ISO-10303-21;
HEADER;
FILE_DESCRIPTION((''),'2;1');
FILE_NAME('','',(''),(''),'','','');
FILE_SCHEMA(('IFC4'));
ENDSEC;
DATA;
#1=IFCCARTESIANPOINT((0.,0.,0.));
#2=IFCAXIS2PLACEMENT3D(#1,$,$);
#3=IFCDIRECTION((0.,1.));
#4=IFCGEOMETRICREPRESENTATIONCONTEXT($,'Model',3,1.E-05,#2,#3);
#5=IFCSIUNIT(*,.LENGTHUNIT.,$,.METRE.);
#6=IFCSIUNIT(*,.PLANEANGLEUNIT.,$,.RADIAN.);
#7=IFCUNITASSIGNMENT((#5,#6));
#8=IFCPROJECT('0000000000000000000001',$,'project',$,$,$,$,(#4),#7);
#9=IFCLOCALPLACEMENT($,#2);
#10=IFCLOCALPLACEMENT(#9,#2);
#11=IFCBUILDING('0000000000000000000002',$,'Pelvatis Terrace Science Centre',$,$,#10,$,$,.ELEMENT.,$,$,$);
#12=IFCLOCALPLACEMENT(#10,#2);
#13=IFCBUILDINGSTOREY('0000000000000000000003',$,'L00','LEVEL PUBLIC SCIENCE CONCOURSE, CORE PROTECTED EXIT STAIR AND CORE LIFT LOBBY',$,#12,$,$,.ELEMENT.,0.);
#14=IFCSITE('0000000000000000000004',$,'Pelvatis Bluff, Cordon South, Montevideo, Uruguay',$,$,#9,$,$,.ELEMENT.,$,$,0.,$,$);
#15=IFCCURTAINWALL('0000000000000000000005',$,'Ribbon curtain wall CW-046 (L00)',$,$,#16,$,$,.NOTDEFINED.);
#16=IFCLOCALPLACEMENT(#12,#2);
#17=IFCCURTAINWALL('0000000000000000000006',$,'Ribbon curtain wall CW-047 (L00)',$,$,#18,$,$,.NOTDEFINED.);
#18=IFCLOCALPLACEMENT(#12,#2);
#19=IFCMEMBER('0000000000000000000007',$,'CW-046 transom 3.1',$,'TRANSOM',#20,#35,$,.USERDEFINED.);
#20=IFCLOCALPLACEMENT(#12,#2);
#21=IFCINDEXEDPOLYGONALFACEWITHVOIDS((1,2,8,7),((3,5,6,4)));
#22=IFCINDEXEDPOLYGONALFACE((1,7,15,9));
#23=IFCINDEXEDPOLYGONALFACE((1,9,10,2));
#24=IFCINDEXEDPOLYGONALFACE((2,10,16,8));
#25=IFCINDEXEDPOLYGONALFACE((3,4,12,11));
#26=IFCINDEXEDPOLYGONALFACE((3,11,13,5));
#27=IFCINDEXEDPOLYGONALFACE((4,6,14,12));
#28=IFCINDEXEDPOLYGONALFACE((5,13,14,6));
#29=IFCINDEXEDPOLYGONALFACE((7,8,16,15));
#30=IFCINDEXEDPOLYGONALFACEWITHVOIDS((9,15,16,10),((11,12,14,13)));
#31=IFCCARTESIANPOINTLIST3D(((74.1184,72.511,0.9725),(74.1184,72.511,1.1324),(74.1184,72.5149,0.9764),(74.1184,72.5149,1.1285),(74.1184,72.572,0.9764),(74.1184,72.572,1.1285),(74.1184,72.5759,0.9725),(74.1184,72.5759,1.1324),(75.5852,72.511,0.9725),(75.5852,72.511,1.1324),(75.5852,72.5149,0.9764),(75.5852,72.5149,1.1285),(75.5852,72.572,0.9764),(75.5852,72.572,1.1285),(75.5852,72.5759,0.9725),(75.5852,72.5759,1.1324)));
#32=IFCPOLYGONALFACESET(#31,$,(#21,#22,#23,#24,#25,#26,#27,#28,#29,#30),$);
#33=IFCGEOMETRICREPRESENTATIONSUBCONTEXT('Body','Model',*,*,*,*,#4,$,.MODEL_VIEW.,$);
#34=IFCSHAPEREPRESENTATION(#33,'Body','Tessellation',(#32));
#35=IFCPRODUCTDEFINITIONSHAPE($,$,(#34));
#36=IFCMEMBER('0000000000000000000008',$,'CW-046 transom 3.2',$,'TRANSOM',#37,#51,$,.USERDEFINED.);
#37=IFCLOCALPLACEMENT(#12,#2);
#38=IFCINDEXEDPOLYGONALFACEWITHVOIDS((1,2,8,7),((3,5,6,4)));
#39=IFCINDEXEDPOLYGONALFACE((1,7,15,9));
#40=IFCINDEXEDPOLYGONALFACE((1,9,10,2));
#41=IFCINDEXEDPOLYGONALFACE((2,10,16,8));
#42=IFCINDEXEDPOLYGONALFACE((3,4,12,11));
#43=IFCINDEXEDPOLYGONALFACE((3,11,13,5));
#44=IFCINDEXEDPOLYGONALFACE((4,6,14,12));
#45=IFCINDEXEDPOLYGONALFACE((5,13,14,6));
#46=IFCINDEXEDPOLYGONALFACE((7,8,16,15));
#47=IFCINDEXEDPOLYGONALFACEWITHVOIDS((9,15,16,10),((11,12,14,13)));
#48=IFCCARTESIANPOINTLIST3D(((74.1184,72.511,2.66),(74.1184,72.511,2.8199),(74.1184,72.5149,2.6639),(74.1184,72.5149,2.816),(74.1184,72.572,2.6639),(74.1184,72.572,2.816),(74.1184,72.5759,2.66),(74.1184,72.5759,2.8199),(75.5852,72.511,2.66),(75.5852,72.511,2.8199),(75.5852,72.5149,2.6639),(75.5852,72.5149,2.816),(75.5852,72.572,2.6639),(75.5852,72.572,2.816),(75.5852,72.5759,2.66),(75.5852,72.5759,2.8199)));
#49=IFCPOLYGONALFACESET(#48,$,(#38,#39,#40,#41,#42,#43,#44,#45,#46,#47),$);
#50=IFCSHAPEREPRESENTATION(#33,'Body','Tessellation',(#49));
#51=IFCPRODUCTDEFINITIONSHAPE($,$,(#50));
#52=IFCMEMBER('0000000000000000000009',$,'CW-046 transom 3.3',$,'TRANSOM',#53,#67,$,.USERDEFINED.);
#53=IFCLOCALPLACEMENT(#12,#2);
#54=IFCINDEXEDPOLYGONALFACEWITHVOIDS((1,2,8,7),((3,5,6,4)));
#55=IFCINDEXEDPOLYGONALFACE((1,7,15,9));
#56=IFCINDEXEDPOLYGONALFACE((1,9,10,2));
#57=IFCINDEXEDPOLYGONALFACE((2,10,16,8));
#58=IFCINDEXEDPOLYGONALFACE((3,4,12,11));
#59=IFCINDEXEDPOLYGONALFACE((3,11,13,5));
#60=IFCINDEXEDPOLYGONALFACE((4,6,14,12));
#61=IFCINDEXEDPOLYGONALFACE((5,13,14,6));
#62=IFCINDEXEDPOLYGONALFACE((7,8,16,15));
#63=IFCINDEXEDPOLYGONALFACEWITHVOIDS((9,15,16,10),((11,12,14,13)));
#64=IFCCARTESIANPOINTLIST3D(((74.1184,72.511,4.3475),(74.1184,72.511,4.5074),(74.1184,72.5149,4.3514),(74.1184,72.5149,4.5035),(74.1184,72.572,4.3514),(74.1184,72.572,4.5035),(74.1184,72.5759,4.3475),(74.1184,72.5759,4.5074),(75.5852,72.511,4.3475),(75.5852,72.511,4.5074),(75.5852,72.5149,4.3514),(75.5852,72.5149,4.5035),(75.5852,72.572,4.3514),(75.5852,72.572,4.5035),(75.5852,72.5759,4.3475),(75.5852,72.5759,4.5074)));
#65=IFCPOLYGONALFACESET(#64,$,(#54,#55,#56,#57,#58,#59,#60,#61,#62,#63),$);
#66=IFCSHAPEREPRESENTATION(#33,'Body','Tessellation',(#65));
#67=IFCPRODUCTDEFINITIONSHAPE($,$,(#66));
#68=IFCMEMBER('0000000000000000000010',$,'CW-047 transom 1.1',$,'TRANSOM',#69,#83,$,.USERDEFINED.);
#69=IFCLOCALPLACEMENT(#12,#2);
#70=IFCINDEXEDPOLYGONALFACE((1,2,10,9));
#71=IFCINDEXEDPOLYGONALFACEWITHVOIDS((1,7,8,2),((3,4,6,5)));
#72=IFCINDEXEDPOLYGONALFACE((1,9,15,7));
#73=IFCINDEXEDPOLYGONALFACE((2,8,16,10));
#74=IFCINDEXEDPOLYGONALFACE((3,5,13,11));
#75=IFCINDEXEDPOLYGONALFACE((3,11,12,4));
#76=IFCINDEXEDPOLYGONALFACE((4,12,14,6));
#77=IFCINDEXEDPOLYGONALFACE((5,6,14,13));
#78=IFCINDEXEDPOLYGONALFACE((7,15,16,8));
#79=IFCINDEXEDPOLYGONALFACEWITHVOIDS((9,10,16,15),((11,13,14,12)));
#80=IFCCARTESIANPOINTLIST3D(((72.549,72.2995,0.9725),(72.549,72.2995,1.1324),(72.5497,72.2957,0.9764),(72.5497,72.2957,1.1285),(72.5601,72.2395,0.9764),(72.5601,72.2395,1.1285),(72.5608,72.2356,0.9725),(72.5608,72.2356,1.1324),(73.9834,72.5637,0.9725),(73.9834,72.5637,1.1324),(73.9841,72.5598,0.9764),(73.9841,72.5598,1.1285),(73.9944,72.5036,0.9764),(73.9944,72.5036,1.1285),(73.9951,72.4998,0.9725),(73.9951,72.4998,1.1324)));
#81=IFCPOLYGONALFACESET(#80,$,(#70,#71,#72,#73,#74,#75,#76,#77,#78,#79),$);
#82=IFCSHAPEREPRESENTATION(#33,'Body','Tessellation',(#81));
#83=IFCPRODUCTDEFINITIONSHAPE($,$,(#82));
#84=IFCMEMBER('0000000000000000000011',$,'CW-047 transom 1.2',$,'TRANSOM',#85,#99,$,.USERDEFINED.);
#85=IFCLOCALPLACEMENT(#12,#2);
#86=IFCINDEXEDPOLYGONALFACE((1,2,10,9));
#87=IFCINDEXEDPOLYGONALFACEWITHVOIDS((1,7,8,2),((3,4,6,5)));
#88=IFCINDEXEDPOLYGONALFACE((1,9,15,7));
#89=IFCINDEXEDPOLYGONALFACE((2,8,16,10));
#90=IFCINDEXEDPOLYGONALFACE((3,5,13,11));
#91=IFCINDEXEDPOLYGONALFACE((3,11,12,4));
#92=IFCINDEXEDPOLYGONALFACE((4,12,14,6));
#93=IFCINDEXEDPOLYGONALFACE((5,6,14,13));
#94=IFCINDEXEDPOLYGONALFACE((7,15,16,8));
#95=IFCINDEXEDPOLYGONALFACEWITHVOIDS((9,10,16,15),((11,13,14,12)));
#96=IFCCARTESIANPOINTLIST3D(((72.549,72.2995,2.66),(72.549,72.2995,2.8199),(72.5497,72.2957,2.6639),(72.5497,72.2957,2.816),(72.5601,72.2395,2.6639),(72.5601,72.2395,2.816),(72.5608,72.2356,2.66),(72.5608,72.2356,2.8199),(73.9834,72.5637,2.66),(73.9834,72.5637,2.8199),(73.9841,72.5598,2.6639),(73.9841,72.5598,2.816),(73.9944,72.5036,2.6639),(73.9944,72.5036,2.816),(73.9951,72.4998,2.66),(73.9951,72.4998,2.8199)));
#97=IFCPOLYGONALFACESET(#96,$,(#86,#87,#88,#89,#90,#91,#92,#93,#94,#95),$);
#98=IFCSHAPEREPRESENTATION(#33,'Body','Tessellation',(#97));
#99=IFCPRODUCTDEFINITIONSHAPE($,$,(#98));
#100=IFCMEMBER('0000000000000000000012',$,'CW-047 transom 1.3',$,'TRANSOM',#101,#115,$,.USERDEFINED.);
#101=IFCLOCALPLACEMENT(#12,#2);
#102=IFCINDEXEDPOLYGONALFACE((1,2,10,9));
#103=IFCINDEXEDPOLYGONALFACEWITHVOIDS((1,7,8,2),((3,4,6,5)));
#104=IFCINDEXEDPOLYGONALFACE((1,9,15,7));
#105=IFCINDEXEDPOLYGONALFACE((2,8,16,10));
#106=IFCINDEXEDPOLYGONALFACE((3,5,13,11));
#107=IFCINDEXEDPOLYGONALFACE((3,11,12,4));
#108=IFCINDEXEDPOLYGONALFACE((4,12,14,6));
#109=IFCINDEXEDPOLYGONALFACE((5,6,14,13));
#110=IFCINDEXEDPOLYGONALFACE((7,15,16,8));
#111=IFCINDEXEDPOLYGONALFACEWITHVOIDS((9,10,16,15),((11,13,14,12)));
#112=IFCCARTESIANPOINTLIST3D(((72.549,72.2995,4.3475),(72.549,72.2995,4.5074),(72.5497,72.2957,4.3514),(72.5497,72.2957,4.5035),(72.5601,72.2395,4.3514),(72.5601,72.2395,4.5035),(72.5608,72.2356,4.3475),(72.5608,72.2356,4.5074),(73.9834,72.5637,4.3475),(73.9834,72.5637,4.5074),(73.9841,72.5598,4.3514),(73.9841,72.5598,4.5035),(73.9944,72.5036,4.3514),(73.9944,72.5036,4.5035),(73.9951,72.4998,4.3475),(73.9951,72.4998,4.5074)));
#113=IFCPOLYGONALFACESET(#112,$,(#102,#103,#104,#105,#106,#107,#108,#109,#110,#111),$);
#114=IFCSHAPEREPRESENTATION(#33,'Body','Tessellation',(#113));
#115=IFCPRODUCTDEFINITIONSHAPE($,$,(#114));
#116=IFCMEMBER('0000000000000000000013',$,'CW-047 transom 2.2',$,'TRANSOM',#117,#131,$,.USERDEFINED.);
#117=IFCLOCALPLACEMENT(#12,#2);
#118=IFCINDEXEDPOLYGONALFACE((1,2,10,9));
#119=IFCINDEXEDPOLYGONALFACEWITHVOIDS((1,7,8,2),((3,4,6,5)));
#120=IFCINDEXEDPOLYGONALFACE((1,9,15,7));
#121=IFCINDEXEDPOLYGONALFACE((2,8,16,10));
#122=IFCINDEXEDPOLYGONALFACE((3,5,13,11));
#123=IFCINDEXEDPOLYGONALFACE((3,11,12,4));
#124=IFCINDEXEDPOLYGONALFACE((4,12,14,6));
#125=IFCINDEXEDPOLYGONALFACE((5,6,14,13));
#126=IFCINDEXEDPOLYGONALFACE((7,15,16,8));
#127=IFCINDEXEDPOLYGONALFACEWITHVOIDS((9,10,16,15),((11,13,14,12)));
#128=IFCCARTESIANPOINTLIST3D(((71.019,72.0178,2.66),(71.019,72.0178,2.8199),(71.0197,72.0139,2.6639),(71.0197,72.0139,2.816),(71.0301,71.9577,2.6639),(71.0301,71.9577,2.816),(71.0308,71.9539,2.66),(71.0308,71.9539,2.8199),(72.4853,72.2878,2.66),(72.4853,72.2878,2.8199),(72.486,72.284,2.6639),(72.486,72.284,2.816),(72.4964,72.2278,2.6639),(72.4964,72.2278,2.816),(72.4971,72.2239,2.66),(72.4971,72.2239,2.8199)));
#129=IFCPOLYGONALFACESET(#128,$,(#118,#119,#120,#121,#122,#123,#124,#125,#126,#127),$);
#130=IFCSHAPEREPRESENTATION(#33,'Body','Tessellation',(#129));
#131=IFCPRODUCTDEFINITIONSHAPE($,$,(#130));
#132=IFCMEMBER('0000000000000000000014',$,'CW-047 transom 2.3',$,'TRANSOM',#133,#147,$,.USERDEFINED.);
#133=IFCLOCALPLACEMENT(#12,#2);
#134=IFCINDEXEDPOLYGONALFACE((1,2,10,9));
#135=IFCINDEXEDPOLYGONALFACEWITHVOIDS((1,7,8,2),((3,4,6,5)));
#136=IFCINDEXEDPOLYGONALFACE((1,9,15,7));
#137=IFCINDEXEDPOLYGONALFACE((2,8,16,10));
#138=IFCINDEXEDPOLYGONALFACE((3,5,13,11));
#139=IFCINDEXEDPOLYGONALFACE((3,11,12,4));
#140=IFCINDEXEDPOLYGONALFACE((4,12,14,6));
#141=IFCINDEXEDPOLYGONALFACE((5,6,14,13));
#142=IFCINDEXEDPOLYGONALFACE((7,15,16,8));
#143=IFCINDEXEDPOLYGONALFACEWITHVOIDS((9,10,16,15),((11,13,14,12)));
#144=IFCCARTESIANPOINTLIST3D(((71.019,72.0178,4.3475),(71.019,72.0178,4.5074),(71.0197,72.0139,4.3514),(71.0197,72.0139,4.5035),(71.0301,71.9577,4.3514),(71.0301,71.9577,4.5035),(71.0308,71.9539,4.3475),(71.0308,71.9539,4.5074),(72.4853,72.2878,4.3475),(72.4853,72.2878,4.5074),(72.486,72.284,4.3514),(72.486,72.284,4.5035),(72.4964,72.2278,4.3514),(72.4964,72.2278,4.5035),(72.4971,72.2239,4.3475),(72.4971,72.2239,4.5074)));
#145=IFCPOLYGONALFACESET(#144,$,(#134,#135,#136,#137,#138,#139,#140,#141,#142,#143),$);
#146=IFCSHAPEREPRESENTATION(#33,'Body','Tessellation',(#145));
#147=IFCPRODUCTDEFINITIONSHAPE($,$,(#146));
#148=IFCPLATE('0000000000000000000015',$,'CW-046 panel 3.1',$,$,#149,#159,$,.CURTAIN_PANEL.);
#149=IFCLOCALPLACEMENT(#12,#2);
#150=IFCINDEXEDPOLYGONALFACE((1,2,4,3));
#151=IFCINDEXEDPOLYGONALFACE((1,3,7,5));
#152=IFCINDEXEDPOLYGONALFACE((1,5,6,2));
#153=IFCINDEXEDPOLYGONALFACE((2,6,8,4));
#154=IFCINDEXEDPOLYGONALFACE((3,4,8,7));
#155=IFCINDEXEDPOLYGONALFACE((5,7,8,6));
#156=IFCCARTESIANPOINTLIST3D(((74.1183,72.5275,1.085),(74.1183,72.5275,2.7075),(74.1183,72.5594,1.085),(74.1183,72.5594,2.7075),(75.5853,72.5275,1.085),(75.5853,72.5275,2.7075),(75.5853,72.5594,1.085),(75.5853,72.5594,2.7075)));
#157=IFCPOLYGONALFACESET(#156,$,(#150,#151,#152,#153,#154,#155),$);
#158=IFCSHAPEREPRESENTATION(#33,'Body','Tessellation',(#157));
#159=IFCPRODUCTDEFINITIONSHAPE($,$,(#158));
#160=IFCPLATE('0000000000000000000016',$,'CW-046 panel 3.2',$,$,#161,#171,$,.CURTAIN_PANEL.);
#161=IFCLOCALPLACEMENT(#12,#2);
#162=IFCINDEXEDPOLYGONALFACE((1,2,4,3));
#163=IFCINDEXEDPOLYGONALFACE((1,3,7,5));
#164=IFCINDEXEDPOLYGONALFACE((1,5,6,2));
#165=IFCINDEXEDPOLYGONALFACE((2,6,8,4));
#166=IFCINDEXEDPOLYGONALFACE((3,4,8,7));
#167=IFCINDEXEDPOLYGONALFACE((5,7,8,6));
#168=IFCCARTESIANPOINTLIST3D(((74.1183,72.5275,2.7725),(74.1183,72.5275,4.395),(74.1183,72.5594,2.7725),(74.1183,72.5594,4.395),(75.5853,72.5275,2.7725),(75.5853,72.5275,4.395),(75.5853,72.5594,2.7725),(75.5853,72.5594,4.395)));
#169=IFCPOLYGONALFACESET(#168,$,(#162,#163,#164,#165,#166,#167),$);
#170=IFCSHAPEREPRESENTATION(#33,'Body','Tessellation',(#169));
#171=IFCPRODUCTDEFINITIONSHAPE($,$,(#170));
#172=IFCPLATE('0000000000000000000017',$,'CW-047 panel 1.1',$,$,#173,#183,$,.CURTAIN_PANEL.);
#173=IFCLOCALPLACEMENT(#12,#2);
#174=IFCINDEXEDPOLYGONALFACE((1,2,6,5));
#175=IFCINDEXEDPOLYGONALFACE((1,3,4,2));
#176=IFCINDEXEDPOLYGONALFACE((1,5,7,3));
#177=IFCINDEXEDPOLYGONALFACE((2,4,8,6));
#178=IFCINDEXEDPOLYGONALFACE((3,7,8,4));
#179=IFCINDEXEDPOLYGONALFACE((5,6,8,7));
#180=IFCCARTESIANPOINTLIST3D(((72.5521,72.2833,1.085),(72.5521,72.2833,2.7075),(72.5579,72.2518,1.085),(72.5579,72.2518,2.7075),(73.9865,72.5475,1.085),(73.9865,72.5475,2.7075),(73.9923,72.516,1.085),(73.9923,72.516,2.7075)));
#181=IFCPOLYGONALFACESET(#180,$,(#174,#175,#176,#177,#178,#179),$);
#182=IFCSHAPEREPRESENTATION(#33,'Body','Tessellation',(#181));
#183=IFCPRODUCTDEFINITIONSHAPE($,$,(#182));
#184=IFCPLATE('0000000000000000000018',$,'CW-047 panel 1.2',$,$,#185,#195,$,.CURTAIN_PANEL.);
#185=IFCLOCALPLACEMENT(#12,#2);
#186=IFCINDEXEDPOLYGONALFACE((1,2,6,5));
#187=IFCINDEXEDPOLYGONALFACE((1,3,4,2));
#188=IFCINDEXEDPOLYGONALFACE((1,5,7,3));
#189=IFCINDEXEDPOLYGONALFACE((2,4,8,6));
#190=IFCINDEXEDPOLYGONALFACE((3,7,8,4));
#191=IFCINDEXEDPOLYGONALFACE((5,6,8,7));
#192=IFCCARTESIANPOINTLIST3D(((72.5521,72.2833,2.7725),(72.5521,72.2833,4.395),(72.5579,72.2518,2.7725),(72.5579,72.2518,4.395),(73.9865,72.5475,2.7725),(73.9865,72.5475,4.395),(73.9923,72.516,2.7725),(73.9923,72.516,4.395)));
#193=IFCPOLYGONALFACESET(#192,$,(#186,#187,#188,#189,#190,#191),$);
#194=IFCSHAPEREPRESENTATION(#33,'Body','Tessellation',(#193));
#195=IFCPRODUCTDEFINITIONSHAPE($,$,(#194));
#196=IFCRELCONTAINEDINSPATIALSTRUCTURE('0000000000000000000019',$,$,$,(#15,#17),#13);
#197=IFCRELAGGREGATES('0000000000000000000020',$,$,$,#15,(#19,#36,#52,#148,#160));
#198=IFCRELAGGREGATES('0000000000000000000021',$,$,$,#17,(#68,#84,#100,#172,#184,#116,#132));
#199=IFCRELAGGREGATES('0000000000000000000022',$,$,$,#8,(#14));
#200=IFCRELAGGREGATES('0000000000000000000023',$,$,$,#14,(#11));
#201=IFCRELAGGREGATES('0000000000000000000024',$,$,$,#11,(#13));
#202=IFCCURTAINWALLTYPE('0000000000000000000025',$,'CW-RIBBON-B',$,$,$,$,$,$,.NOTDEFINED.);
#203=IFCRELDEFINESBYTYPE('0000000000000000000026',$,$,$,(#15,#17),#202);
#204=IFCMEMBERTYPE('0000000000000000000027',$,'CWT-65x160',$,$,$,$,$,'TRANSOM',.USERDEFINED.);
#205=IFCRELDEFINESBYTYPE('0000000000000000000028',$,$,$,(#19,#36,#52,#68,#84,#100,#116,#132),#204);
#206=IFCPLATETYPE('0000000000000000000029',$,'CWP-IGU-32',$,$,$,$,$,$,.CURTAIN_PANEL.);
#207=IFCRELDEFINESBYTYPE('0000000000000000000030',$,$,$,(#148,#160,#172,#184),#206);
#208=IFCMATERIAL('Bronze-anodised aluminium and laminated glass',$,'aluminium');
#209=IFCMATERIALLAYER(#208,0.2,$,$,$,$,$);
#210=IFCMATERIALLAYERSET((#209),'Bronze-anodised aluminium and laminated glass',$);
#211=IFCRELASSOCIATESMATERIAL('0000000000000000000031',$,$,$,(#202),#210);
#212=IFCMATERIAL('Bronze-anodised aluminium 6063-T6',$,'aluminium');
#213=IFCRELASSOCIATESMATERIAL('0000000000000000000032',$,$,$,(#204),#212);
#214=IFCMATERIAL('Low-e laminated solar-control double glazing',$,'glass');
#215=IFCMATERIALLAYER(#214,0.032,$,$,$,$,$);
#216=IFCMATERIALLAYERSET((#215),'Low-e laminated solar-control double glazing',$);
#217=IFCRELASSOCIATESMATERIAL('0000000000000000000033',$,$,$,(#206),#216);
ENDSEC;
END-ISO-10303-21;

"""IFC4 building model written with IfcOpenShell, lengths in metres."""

from ifc_helpers import new_model, si_unit, direction, frame, origin, origin_2d, place, context, subcontext, project, spatial, rectangle, hollow_rectangle, extrude, material, layer, layer_set, material_profile, profile_set, type_object, element, aggregate, save


model = new_model("IFC4")

# Units and contexts
model_context = context("Model", 3, precision=1e-05, world=origin(), true_north=direction((0.0, 1.0)))
body_context = subcontext(model_context, "Body", "Model", "MODEL_VIEW")
ifc_project = project(units=[si_unit("LENGTHUNIT", "METRE"), si_unit("PLANEANGLEUNIT", "RADIAN")], contexts=[model_context])

# Site, building, storey
site_placement = place(None, origin())
site = spatial("IfcSite", under=ifc_project, at=site_placement, Name="Pelvatis Bluff, Cordon South, Montevideo, Uruguay", CompositionType="ELEMENT", RefElevation=0.0)
building_placement = place(site_placement, origin())
building = spatial("IfcBuilding", under=site, at=building_placement, Name="Pelvatis Terrace Science Centre", CompositionType="ELEMENT")
storey_placement = place(building_placement, origin())
storey = spatial("IfcBuildingStorey", under=building, at=storey_placement, Name="L00", Description="LEVEL PUBLIC SCIENCE CONCOURSE, CORE PROTECTED EXIT STAIR AND CORE LIFT LOBBY", CompositionType="ELEMENT", Elevation=0.0)

# Curtain walls
ifc_material_1 = material(Name="Bronze-anodised aluminium and laminated glass", Category="aluminium")
ifc_layer_1 = layer(ifc_material_1, 0.2)
ifc_layer_set_1 = layer_set([ifc_layer_1], Name="Bronze-anodised aluminium and laminated glass")
curtain_wall_type = type_object("IfcCurtainWallType", Name="CW-RIBBON-B", PredefinedType="NOTDEFINED", material=ifc_layer_set_1)
curtain_wall_1_placement = place(storey_placement, origin())
curtain_wall_1 = element("IfcCurtainWall", 1, at=curtain_wall_1_placement, inside=storey, type_object=curtain_wall_type, Name="Ribbon curtain wall CW-046 (L00)", PredefinedType="NOTDEFINED")
curtain_wall_2_placement = place(storey_placement, origin())
curtain_wall_2 = element("IfcCurtainWall", 2, at=curtain_wall_2_placement, inside=storey, type_object=curtain_wall_type, Name="Ribbon curtain wall CW-047 (L00)", PredefinedType="NOTDEFINED")

# Members
ifc_material_2 = material(Name="Bronze-anodised aluminium 6063-T6", Category="aluminium")
ifc_material_profile_1 = material_profile(ifc_material_2, hollow_rectangle(XDim=0.0649, YDim=0.1599, WallThickness=0.0039, at=origin_2d()), Name="ALU-TRN 65x160")
ifc_profile_set_1 = profile_set([ifc_material_profile_1], Name="Bronze-anodised aluminium 6063-T6")
member_type_1 = type_object("IfcMemberType", Name="CWT-65x160", ElementType="TRANSOM", PredefinedType="USERDEFINED", material=ifc_profile_set_1)
member_1_placement = place(storey_placement, frame((75.5852, 72.5435, 1.0525), z_axis=(-1.0, 0.0, 0.0), x_axis=(0.0, -1.0, 0.0)))
member_1 = element("IfcMember", 3, at=member_1_placement, type_object=member_type_1, Name="CW-046 transom 3.1", ObjectType="TRANSOM", PredefinedType="USERDEFINED", context=body_context, shape_type="SweptSolid", body=[
    extrude(hollow_rectangle(XDim=0.0649, YDim=0.1599, WallThickness=0.0039, at=origin_2d()), origin(), (0.0, 0.0, 1.0), 1.4668),
])
member_2_placement = place(storey_placement, frame((75.5852, 72.5435, 2.74), z_axis=(-1.0, 0.0, 0.0), x_axis=(0.0, -1.0, 0.0)))
member_2 = element("IfcMember", 4, at=member_2_placement, type_object=member_type_1, Name="CW-046 transom 3.2", ObjectType="TRANSOM", PredefinedType="USERDEFINED", context=body_context, shape_type="SweptSolid", body=[
    extrude(hollow_rectangle(XDim=0.0649, YDim=0.1599, WallThickness=0.0039, at=origin_2d()), origin(), (0.0, 0.0, 1.0), 1.4668),
])
member_3_placement = place(storey_placement, frame((75.5852, 72.5435, 4.4275), z_axis=(-1.0, 0.0, 0.0), x_axis=(0.0, -1.0, 0.0)))
member_3 = element("IfcMember", 5, at=member_3_placement, type_object=member_type_1, Name="CW-046 transom 3.3", ObjectType="TRANSOM", PredefinedType="USERDEFINED", context=body_context, shape_type="SweptSolid", body=[
    extrude(hollow_rectangle(XDim=0.0649, YDim=0.1599, WallThickness=0.0039, at=origin_2d()), origin(), (0.0, 0.0, 1.0), 1.4668),
])
member_4_placement = place(storey_placement, frame((73.9893, 72.5317, 1.0525), z_axis=(-0.98346, -0.181124, 0.0), x_axis=(0.181124, -0.98346, 0.0)))
member_4 = element("IfcMember", 6, at=member_4_placement, type_object=member_type_1, Name="CW-047 transom 1.1", ObjectType="TRANSOM", PredefinedType="USERDEFINED", context=body_context, shape_type="SweptSolid", body=[
    extrude(hollow_rectangle(XDim=0.0649, YDim=0.1599, WallThickness=0.0039, at=origin_2d()), origin(), (0.0, 0.0, 1.0), 1.4585),
])
member_5_placement = place(storey_placement, frame((73.9893, 72.5317, 2.74), z_axis=(-0.98346, -0.181124, 0.0), x_axis=(0.181124, -0.98346, 0.0)))
member_5 = element("IfcMember", 7, at=member_5_placement, type_object=member_type_1, Name="CW-047 transom 1.2", ObjectType="TRANSOM", PredefinedType="USERDEFINED", context=body_context, shape_type="SweptSolid", body=[
    extrude(hollow_rectangle(XDim=0.0649, YDim=0.1599, WallThickness=0.0039, at=origin_2d()), origin(), (0.0, 0.0, 1.0), 1.4585),
])
member_6_placement = place(storey_placement, frame((73.9893, 72.5317, 4.4275), z_axis=(-0.98346, -0.181124, 0.0), x_axis=(0.181124, -0.98346, 0.0)))
member_6 = element("IfcMember", 8, at=member_6_placement, type_object=member_type_1, Name="CW-047 transom 1.3", ObjectType="TRANSOM", PredefinedType="USERDEFINED", context=body_context, shape_type="SweptSolid", body=[
    extrude(hollow_rectangle(XDim=0.0649, YDim=0.1599, WallThickness=0.0039, at=origin_2d()), origin(), (0.0, 0.0, 1.0), 1.4585),
])
member_7_placement = place(storey_placement, frame((72.4912, 72.2559, 2.74), z_axis=(-0.983464, -0.181104, 0.0), x_axis=(0.181104, -0.983464, 0.0)))
member_7 = element("IfcMember", 9, at=member_7_placement, type_object=member_type_1, Name="CW-047 transom 2.2", ObjectType="TRANSOM", PredefinedType="USERDEFINED", context=body_context, shape_type="SweptSolid", body=[
    extrude(hollow_rectangle(XDim=0.0649, YDim=0.1599, WallThickness=0.0039, at=origin_2d()), origin(), (0.0, 0.0, 1.0), 1.491),
])
member_8_placement = place(storey_placement, frame((72.4912, 72.2559, 4.4275), z_axis=(-0.983464, -0.181104, 0.0), x_axis=(0.181104, -0.983464, 0.0)))
member_8 = element("IfcMember", 10, at=member_8_placement, type_object=member_type_1, Name="CW-047 transom 2.3", ObjectType="TRANSOM", PredefinedType="USERDEFINED", context=body_context, shape_type="SweptSolid", body=[
    extrude(hollow_rectangle(XDim=0.0649, YDim=0.1599, WallThickness=0.0039, at=origin_2d()), origin(), (0.0, 0.0, 1.0), 1.491),
])

# Plates
ifc_material_3 = material(Name="Low-e laminated solar-control double glazing", Category="glass")
ifc_layer_2 = layer(ifc_material_3, 0.032)
ifc_layer_set_2 = layer_set([ifc_layer_2], Name="Low-e laminated solar-control double glazing")
plate_type = type_object("IfcPlateType", Name="CWP-IGU-32", PredefinedType="CURTAIN_PANEL", material=ifc_layer_set_2)
plate_1_placement = place(storey_placement, frame((74.8518, 72.5435, 1.085), z_axis=(0.0, 0.0, 1.0), x_axis=(-1.0, 0.0, 0.0)))
plate_1 = element("IfcPlate", 11, at=plate_1_placement, type_object=plate_type, Name="CW-046 panel 3.1", PredefinedType="CURTAIN_PANEL", context=body_context, shape_type="SweptSolid", body=[
    extrude(rectangle(XDim=1.467, YDim=0.032, at=origin_2d()), origin(), (0.0, 0.0, 1.0), 1.6226),
])
plate_2_placement = place(storey_placement, frame((74.8518, 72.5435, 2.7725), z_axis=(0.0, 0.0, 1.0), x_axis=(-1.0, 0.0, 0.0)))
plate_2 = element("IfcPlate", 12, at=plate_2_placement, type_object=plate_type, Name="CW-046 panel 3.2", PredefinedType="CURTAIN_PANEL", context=body_context, shape_type="SweptSolid", body=[
    extrude(rectangle(XDim=1.467, YDim=0.032, at=origin_2d()), origin(), (0.0, 0.0, 1.0), 1.6226),
])
aggregate(curtain_wall_1, [member_1, member_2, member_3, plate_1, plate_2])
plate_3_placement = place(storey_placement, frame((73.2722, 72.3997, 1.085), z_axis=(0.0, 0.0, 1.0), x_axis=(-0.983459, -0.18113, 0.0)))
plate_3 = element("IfcPlate", 13, at=plate_3_placement, type_object=plate_type, Name="CW-047 panel 1.1", PredefinedType="CURTAIN_PANEL", context=body_context, shape_type="SweptSolid", body=[
    extrude(rectangle(XDim=1.4585, YDim=0.032, at=origin_2d()), origin(), (0.0, 0.0, 1.0), 1.6226),
])
plate_4_placement = place(storey_placement, frame((73.2722, 72.3997, 2.7725), z_axis=(0.0, 0.0, 1.0), x_axis=(-0.983459, -0.18113, 0.0)))
plate_4 = element("IfcPlate", 14, at=plate_4_placement, type_object=plate_type, Name="CW-047 panel 1.2", PredefinedType="CURTAIN_PANEL", context=body_context, shape_type="SweptSolid", body=[
    extrude(rectangle(XDim=1.4585, YDim=0.032, at=origin_2d()), origin(), (0.0, 0.0, 1.0), 1.6226),
])
aggregate(curtain_wall_2, [member_4, member_5, member_6, plate_3, plate_4, member_7, member_8])

save(model, "model.ifc")
